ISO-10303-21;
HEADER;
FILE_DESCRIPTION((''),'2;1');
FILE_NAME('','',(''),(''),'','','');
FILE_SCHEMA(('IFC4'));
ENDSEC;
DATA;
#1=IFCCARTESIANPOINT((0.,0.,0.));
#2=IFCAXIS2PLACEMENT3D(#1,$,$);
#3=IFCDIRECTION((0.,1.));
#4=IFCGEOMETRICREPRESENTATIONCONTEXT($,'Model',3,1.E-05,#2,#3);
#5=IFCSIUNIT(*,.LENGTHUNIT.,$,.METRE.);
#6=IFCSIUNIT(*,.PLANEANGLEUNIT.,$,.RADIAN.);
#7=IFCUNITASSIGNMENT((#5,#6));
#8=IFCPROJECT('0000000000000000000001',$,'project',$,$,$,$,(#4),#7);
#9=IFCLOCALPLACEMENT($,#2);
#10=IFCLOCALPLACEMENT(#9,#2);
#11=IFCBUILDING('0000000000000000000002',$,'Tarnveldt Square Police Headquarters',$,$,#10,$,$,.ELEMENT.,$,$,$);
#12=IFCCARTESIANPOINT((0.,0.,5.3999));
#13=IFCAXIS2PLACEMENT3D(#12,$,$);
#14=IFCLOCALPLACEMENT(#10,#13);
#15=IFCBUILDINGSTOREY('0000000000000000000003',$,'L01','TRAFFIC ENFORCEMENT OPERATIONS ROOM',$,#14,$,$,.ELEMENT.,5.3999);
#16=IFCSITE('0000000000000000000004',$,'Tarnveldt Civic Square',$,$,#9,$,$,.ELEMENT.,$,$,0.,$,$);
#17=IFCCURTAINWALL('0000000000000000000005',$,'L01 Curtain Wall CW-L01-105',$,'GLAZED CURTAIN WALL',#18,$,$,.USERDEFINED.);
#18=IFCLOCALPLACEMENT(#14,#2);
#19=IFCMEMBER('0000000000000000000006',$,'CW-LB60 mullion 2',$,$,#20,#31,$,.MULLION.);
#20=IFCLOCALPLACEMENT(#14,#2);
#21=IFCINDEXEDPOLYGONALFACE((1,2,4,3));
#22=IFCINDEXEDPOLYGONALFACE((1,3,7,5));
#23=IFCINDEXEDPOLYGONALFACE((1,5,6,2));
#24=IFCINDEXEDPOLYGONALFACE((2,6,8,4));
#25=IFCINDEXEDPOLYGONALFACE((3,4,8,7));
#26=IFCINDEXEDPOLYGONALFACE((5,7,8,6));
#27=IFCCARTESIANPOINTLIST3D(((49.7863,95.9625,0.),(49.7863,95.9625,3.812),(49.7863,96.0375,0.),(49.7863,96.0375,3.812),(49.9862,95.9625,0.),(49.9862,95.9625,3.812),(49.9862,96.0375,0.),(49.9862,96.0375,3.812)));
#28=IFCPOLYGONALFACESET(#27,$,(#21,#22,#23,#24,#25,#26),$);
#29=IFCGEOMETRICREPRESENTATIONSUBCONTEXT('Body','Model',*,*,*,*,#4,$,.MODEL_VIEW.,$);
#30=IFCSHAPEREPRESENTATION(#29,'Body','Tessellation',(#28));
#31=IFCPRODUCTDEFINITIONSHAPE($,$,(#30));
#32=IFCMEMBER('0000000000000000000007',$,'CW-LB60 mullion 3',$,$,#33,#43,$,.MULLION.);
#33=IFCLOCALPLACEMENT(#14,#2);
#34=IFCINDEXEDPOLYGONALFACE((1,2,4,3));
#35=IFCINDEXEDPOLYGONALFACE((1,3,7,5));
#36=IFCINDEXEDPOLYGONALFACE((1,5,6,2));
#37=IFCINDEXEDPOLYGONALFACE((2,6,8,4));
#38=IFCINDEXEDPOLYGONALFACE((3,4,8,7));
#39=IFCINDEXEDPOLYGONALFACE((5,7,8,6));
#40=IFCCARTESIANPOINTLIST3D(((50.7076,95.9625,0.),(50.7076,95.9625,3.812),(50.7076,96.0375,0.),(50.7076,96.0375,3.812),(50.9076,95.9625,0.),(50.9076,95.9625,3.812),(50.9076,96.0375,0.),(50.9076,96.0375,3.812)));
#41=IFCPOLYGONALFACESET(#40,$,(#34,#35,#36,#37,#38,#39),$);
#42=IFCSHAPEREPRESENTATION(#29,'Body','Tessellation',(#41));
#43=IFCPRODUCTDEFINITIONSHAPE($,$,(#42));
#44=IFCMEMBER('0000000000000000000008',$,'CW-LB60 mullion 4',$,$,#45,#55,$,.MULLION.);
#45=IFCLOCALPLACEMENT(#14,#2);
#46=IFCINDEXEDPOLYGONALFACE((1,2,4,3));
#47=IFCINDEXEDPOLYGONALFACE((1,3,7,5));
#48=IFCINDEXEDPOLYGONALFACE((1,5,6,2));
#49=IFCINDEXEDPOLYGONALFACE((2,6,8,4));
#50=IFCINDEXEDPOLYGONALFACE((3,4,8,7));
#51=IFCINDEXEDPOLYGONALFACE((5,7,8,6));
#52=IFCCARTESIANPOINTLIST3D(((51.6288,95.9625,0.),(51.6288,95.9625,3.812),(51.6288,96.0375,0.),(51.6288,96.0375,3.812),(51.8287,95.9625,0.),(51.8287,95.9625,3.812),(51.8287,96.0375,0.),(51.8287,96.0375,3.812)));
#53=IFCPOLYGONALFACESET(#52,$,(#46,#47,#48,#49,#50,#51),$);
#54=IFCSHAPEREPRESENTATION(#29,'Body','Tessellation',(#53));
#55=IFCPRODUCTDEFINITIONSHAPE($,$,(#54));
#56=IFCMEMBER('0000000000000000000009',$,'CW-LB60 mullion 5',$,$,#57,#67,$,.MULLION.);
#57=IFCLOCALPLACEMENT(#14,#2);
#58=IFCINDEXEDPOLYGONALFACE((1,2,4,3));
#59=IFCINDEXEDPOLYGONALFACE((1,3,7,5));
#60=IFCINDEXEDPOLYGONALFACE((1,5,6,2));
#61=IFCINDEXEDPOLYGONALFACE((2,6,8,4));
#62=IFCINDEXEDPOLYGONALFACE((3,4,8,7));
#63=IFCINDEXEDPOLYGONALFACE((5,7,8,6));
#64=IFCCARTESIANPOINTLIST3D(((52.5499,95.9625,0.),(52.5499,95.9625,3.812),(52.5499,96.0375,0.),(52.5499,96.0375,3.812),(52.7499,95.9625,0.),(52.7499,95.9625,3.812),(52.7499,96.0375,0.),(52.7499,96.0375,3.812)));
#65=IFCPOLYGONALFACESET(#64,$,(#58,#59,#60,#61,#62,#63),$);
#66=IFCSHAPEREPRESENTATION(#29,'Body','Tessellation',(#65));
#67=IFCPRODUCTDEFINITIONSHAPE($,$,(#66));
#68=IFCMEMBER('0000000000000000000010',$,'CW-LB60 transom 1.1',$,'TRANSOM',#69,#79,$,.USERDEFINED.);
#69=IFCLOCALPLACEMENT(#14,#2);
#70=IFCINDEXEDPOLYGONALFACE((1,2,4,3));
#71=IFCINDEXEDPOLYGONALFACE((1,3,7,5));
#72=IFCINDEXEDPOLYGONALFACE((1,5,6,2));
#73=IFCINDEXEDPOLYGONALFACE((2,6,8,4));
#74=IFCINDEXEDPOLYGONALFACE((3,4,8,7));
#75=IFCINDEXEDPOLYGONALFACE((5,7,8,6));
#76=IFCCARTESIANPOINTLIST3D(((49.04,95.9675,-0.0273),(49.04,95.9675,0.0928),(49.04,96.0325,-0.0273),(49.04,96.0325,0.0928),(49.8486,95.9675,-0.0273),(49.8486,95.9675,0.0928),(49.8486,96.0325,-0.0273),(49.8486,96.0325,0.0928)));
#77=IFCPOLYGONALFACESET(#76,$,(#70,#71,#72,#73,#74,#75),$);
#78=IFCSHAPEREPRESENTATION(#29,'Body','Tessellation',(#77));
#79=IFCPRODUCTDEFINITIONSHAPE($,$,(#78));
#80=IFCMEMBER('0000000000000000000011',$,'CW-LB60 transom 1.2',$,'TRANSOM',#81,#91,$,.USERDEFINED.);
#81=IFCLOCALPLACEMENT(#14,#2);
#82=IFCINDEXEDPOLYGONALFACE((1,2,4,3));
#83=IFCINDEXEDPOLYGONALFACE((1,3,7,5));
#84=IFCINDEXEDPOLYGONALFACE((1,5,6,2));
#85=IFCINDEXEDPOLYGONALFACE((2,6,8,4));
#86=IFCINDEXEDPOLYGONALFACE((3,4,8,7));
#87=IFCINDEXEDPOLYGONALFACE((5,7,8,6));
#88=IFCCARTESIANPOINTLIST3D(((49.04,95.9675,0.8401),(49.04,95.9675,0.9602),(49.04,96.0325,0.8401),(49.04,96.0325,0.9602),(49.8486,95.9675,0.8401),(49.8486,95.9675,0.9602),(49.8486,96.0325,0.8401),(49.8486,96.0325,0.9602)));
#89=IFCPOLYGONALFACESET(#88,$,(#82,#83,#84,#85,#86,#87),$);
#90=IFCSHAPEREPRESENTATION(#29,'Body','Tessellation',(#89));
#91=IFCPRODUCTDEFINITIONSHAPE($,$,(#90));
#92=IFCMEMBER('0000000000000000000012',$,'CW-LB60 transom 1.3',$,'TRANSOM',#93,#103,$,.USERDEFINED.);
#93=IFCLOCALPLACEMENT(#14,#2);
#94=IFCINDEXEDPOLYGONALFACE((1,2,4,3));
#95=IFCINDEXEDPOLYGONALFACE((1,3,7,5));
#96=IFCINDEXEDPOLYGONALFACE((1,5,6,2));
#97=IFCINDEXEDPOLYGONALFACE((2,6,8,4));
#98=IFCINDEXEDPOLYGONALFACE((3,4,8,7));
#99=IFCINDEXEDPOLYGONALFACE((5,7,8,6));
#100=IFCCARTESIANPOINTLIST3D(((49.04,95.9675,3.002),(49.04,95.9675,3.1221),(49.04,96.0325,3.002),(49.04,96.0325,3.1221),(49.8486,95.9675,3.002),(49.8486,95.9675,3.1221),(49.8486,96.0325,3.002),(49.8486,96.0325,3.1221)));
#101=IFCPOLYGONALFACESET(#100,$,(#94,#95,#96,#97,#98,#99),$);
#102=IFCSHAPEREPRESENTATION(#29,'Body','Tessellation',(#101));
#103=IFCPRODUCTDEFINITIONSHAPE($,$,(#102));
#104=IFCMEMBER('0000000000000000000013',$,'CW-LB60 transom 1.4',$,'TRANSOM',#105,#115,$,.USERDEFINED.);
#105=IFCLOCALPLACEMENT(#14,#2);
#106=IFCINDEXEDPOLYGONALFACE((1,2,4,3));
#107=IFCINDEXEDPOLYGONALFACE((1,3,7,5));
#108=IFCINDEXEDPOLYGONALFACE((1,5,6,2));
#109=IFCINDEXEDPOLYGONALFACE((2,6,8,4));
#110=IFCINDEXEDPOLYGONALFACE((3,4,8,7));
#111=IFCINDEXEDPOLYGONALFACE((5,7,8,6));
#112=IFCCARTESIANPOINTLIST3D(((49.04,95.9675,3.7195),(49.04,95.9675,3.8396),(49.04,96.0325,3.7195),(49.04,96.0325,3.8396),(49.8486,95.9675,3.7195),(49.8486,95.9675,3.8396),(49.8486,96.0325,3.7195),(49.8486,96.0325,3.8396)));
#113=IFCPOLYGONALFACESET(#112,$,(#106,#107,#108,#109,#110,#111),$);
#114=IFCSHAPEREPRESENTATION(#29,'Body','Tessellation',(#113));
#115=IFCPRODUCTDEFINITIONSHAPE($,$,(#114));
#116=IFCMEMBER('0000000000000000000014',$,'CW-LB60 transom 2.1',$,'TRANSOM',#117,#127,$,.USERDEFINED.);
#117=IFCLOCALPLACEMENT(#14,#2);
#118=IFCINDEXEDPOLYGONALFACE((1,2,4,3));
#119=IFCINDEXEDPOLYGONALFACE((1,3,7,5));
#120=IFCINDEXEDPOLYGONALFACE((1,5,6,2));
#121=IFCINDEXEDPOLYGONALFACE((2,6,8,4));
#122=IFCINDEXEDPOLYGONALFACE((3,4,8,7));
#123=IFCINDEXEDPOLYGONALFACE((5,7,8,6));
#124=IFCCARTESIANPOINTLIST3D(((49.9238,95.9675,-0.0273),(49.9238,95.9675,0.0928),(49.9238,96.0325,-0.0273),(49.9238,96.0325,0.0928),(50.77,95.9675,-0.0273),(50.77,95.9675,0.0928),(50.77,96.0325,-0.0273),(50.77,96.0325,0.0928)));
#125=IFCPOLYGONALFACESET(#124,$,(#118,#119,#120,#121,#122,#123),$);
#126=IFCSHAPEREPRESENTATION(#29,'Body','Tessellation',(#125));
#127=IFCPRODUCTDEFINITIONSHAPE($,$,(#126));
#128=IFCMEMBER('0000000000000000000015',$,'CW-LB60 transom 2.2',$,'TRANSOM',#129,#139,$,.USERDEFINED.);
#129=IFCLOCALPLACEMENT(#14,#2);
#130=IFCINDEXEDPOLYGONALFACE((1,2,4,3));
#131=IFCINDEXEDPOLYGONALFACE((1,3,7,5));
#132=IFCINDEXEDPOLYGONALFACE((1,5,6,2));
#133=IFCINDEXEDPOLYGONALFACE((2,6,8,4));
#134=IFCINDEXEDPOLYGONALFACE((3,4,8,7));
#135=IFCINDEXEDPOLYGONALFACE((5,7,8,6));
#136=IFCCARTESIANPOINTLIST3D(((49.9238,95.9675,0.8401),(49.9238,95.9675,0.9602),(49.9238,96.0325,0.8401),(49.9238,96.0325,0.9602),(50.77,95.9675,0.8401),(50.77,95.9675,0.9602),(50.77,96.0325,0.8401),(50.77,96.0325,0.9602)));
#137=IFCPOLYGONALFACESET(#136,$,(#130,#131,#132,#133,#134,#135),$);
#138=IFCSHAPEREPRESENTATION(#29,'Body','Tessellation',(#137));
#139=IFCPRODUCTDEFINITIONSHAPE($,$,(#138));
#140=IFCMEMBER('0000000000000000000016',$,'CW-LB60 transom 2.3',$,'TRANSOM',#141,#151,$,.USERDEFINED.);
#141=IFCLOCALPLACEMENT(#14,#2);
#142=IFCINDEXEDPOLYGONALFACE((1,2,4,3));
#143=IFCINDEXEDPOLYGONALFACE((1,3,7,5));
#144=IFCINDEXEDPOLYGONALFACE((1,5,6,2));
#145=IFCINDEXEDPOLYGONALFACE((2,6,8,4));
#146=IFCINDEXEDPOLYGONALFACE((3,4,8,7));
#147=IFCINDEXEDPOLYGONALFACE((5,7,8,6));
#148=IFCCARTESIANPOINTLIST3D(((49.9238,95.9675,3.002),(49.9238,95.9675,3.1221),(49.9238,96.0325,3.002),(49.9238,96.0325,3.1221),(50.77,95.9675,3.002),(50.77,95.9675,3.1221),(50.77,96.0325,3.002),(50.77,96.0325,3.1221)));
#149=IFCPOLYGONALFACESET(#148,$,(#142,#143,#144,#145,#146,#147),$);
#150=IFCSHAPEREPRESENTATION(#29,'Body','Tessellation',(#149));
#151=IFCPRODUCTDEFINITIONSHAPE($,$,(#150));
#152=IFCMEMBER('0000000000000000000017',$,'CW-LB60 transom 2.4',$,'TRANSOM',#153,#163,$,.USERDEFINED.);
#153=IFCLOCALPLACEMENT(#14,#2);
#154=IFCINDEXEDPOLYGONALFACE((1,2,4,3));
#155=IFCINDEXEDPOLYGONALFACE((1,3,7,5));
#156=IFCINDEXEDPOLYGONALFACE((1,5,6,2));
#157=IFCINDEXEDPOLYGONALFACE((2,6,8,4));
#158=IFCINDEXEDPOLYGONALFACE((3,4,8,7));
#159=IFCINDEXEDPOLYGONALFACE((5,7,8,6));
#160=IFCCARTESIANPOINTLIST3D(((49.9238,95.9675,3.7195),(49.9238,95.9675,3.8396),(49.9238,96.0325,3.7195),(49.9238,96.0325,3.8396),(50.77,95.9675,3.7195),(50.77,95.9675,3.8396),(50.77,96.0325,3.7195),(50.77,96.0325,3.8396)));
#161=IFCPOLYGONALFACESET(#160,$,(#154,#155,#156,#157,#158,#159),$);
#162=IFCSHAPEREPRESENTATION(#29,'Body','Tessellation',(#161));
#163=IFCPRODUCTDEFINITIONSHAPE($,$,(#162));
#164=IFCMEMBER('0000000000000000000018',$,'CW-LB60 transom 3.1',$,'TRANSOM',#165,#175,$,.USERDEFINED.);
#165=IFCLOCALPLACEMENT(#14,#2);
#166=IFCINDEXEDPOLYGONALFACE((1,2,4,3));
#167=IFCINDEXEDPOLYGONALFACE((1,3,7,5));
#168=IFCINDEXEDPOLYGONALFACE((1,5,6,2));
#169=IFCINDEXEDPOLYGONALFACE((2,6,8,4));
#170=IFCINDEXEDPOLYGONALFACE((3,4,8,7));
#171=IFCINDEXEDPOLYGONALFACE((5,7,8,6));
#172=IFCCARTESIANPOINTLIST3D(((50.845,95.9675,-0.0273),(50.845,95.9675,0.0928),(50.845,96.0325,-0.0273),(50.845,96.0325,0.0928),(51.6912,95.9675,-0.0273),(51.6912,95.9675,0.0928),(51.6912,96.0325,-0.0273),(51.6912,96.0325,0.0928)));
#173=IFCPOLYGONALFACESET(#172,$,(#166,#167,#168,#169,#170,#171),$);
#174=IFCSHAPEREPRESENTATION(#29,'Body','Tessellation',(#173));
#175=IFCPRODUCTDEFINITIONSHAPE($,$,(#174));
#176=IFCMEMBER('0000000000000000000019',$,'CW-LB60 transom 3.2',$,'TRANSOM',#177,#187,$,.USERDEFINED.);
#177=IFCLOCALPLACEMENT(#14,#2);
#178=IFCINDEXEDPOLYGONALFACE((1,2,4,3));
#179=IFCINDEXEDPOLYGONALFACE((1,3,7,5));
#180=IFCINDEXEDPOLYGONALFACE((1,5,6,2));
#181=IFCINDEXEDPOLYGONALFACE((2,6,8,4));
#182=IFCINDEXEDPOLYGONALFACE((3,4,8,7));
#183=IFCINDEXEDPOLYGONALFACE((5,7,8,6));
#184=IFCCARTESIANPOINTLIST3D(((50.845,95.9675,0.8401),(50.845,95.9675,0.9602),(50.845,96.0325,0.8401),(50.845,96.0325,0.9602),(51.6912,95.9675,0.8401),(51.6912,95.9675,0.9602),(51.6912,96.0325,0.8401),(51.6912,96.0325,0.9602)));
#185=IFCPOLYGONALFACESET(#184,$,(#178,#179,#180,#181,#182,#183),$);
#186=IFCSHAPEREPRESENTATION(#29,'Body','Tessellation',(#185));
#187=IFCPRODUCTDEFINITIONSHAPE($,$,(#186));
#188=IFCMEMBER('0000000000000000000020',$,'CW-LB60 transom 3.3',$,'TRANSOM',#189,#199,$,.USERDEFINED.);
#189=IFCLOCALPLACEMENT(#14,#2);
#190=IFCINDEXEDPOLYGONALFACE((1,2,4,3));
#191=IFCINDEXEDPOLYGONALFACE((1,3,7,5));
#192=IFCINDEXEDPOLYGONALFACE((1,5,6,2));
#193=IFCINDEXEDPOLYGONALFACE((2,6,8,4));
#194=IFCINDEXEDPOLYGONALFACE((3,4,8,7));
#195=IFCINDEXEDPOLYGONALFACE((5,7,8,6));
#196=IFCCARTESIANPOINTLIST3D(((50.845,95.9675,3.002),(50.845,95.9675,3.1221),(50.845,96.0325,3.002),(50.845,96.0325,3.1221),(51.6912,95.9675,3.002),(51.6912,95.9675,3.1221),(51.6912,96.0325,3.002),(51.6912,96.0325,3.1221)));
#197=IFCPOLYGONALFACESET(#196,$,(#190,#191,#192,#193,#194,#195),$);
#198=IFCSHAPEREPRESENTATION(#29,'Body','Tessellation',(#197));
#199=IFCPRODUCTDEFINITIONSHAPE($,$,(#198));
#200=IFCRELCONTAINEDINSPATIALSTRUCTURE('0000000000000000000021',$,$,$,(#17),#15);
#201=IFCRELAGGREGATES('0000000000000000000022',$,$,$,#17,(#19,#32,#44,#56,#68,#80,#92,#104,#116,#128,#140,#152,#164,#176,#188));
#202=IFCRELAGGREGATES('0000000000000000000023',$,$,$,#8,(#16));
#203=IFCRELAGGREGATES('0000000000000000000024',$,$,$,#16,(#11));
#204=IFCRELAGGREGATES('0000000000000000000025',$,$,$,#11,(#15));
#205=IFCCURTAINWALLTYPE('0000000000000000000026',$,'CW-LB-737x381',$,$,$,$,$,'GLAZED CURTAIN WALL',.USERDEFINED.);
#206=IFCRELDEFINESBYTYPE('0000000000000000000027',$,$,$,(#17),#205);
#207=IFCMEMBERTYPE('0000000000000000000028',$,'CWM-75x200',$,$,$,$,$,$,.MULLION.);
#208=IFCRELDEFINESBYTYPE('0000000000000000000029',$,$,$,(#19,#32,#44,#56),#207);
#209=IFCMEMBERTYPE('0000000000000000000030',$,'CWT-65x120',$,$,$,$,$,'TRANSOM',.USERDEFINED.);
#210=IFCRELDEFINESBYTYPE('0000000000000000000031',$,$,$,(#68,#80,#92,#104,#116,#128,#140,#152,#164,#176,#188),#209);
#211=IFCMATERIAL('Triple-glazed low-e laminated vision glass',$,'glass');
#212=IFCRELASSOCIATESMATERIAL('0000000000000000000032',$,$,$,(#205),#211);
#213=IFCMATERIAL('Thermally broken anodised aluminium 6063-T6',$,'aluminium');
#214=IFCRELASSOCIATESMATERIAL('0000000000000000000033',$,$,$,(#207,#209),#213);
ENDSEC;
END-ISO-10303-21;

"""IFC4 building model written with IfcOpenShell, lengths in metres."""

from ifc_helpers import new_model, si_unit, direction, frame, origin, origin_2d, place, context, subcontext, project, spatial, rectangle, extrude, material, material_profile, profile_set, type_object, element, aggregate, save


model = new_model("IFC4")

# Units and contexts
model_context = context("Model", 3, precision=1e-05, world=origin(), true_north=direction((0.0, 1.0)))
body_context = subcontext(model_context, "Body", "Model", "MODEL_VIEW")
ifc_project = project(units=[si_unit("LENGTHUNIT", "METRE"), si_unit("PLANEANGLEUNIT", "RADIAN")], contexts=[model_context])

# Site, building, storey
site_placement = place(None, origin())
site = spatial("IfcSite", under=ifc_project, at=site_placement, Name="Tarnveldt Civic Square", CompositionType="ELEMENT", RefElevation=0.0)
building_placement = place(site_placement, origin())
building = spatial("IfcBuilding", under=site, at=building_placement, Name="Tarnveldt Square Police Headquarters", CompositionType="ELEMENT")
storey_placement = place(building_placement, frame((0.0, 0.0, 5.3999)))
storey = spatial("IfcBuildingStorey", under=building, at=storey_placement, Name="L01", Description="TRAFFIC ENFORCEMENT OPERATIONS ROOM", CompositionType="ELEMENT", Elevation=5.3999)

# Curtain wall, members
ifc_material_1 = material(Name="Triple-glazed low-e laminated vision glass", Category="glass")
curtain_wall_type = type_object("IfcCurtainWallType", Name="CW-LB-737x381", ElementType="GLAZED CURTAIN WALL", PredefinedType="USERDEFINED", material=ifc_material_1)
curtain_wall_placement = place(storey_placement, origin())
curtain_wall = element("IfcCurtainWall", 1, at=curtain_wall_placement, inside=storey, type_object=curtain_wall_type, Name="L01 Curtain Wall CW-L01-105", ObjectType="GLAZED CURTAIN WALL", PredefinedType="USERDEFINED")
ifc_material_2 = material(Name="Thermally broken anodised aluminium 6063-T6", Category="aluminium")
ifc_material_profile_1 = material_profile(ifc_material_2, rectangle(XDim=0.075, YDim=0.2, at=origin_2d()), Name="CW-M75x200")
ifc_profile_set_1 = profile_set([ifc_material_profile_1], Name="Thermally broken anodised aluminium 6063-T6")
member_type_1 = type_object("IfcMemberType", Name="CWM-75x200", PredefinedType="MULLION", material=ifc_profile_set_1)
member_1_placement = place(storey_placement, frame((49.8862, 96.0, 0.0), z_axis=(0.0, 0.0, 1.0), x_axis=(0.0, 1.0, 0.0)))
member_1 = element("IfcMember", 2, at=member_1_placement, type_object=member_type_1, Name="CW-LB60 mullion 2", PredefinedType="MULLION", context=body_context, shape_type="SweptSolid", body=[
    extrude(rectangle(XDim=0.075, YDim=0.2, at=origin_2d()), origin(), (0.0, 0.0, 1.0), 3.812),
])
member_2_placement = place(storey_placement, frame((50.8076, 96.0, 0.0), z_axis=(0.0, 0.0, 1.0), x_axis=(0.0, 1.0, 0.0)))
member_2 = element("IfcMember", 3, at=member_2_placement, type_object=member_type_1, Name="CW-LB60 mullion 3", PredefinedType="MULLION", context=body_context, shape_type="SweptSolid", body=[
    extrude(rectangle(XDim=0.075, YDim=0.2, at=origin_2d()), origin(), (0.0, 0.0, 1.0), 3.812),
])
member_3_placement = place(storey_placement, frame((51.7288, 96.0, 0.0), z_axis=(0.0, 0.0, 1.0), x_axis=(0.0, 1.0, 0.0)))
member_3 = element("IfcMember", 4, at=member_3_placement, type_object=member_type_1, Name="CW-LB60 mullion 4", PredefinedType="MULLION", context=body_context, shape_type="SweptSolid", body=[
    extrude(rectangle(XDim=0.075, YDim=0.2, at=origin_2d()), origin(), (0.0, 0.0, 1.0), 3.812),
])
member_4_placement = place(storey_placement, frame((52.6499, 96.0, 0.0), z_axis=(0.0, 0.0, 1.0), x_axis=(0.0, 1.0, 0.0)))
member_4 = element("IfcMember", 5, at=member_4_placement, type_object=member_type_1, Name="CW-LB60 mullion 5", PredefinedType="MULLION", context=body_context, shape_type="SweptSolid", body=[
    extrude(rectangle(XDim=0.075, YDim=0.2, at=origin_2d()), origin(), (0.0, 0.0, 1.0), 3.812),
])
ifc_material_profile_2 = material_profile(ifc_material_2, rectangle(XDim=0.0649, YDim=0.1201, at=origin_2d()), Name="CW-T65x120")
ifc_profile_set_2 = profile_set([ifc_material_profile_2], Name="Thermally broken anodised aluminium 6063-T6")
member_type_2 = type_object("IfcMemberType", Name="CWT-65x120", ElementType="TRANSOM", PredefinedType="USERDEFINED", material=ifc_profile_set_2)
member_5_placement = place(storey_placement, frame((49.04, 96.0, 0.0327), z_axis=(1.0, 0.0, 0.0), x_axis=(0.0, 1.0, 0.0)))
member_5 = element("IfcMember", 6, at=member_5_placement, type_object=member_type_2, Name="CW-LB60 transom 1.1", ObjectType="TRANSOM", PredefinedType="USERDEFINED", context=body_context, shape_type="SweptSolid", body=[
    extrude(rectangle(XDim=0.0649, YDim=0.1201, at=origin_2d()), origin(), (0.0, 0.0, 1.0), 0.8086),
])
member_6_placement = place(storey_placement, frame((49.04, 96.0, 0.9001), z_axis=(1.0, 0.0, 0.0), x_axis=(0.0, 1.0, 0.0)))
member_6 = element("IfcMember", 7, at=member_6_placement, type_object=member_type_2, Name="CW-LB60 transom 1.2", ObjectType="TRANSOM", PredefinedType="USERDEFINED", context=body_context, shape_type="SweptSolid", body=[
    extrude(rectangle(XDim=0.0649, YDim=0.1201, at=origin_2d()), origin(), (0.0, 0.0, 1.0), 0.8086),
])
member_7_placement = place(storey_placement, frame((49.04, 96.0, 3.062), z_axis=(1.0, 0.0, 0.0), x_axis=(0.0, 1.0, 0.0)))
member_7 = element("IfcMember", 8, at=member_7_placement, type_object=member_type_2, Name="CW-LB60 transom 1.3", ObjectType="TRANSOM", PredefinedType="USERDEFINED", context=body_context, shape_type="SweptSolid", body=[
    extrude(rectangle(XDim=0.0649, YDim=0.1201, at=origin_2d()), origin(), (0.0, 0.0, 1.0), 0.8086),
])
member_8_placement = place(storey_placement, frame((49.04, 96.0, 3.7795), z_axis=(1.0, 0.0, 0.0), x_axis=(0.0, 1.0, 0.0)))
member_8 = element("IfcMember", 9, at=member_8_placement, type_object=member_type_2, Name="CW-LB60 transom 1.4", ObjectType="TRANSOM", PredefinedType="USERDEFINED", context=body_context, shape_type="SweptSolid", body=[
    extrude(rectangle(XDim=0.0649, YDim=0.1201, at=origin_2d()), origin(), (0.0, 0.0, 1.0), 0.8086),
])
member_9_placement = place(storey_placement, frame((49.9238, 96.0, 0.0327), z_axis=(1.0, 0.0, 0.0), x_axis=(0.0, 1.0, 0.0)))
member_9 = element("IfcMember", 10, at=member_9_placement, type_object=member_type_2, Name="CW-LB60 transom 2.1", ObjectType="TRANSOM", PredefinedType="USERDEFINED", context=body_context, shape_type="SweptSolid", body=[
    extrude(rectangle(XDim=0.0649, YDim=0.1201, at=origin_2d()), origin(), (0.0, 0.0, 1.0), 0.8462),
])
member_10_placement = place(storey_placement, frame((49.9238, 96.0, 0.9001), z_axis=(1.0, 0.0, 0.0), x_axis=(0.0, 1.0, 0.0)))
member_10 = element("IfcMember", 11, at=member_10_placement, type_object=member_type_2, Name="CW-LB60 transom 2.2", ObjectType="TRANSOM", PredefinedType="USERDEFINED", context=body_context, shape_type="SweptSolid", body=[
    extrude(rectangle(XDim=0.0649, YDim=0.1201, at=origin_2d()), origin(), (0.0, 0.0, 1.0), 0.8462),
])
member_11_placement = place(storey_placement, frame((49.9238, 96.0, 3.062), z_axis=(1.0, 0.0, 0.0), x_axis=(0.0, 1.0, 0.0)))
member_11 = element("IfcMember", 12, at=member_11_placement, type_object=member_type_2, Name="CW-LB60 transom 2.3", ObjectType="TRANSOM", PredefinedType="USERDEFINED", context=body_context, shape_type="SweptSolid", body=[
    extrude(rectangle(XDim=0.0649, YDim=0.1201, at=origin_2d()), origin(), (0.0, 0.0, 1.0), 0.8462),
])
member_12_placement = place(storey_placement, frame((49.9238, 96.0, 3.7795), z_axis=(1.0, 0.0, 0.0), x_axis=(0.0, 1.0, 0.0)))
member_12 = element("IfcMember", 13, at=member_12_placement, type_object=member_type_2, Name="CW-LB60 transom 2.4", ObjectType="TRANSOM", PredefinedType="USERDEFINED", context=body_context, shape_type="SweptSolid", body=[
    extrude(rectangle(XDim=0.0649, YDim=0.1201, at=origin_2d()), origin(), (0.0, 0.0, 1.0), 0.8462),
])
member_13_placement = place(storey_placement, frame((50.845, 96.0, 0.0327), z_axis=(1.0, 0.0, 0.0), x_axis=(0.0, 1.0, 0.0)))
member_13 = element("IfcMember", 14, at=member_13_placement, type_object=member_type_2, Name="CW-LB60 transom 3.1", ObjectType="TRANSOM", PredefinedType="USERDEFINED", context=body_context, shape_type="SweptSolid", body=[
    extrude(rectangle(XDim=0.0649, YDim=0.1201, at=origin_2d()), origin(), (0.0, 0.0, 1.0), 0.8462),
])
member_14_placement = place(storey_placement, frame((50.845, 96.0, 0.9001), z_axis=(1.0, 0.0, 0.0), x_axis=(0.0, 1.0, 0.0)))
member_14 = element("IfcMember", 15, at=member_14_placement, type_object=member_type_2, Name="CW-LB60 transom 3.2", ObjectType="TRANSOM", PredefinedType="USERDEFINED", context=body_context, shape_type="SweptSolid", body=[
    extrude(rectangle(XDim=0.0649, YDim=0.1201, at=origin_2d()), origin(), (0.0, 0.0, 1.0), 0.8462),
])
member_15_placement = place(storey_placement, frame((50.845, 96.0, 3.062), z_axis=(1.0, 0.0, 0.0), x_axis=(0.0, 1.0, 0.0)))
member_15 = element("IfcMember", 16, at=member_15_placement, type_object=member_type_2, Name="CW-LB60 transom 3.3", ObjectType="TRANSOM", PredefinedType="USERDEFINED", context=body_context, shape_type="SweptSolid", body=[
    extrude(rectangle(XDim=0.0649, YDim=0.1201, at=origin_2d()), origin(), (0.0, 0.0, 1.0), 0.8462),
])
aggregate(curtain_wall, [member_1, member_2, member_3, member_4, member_5, member_6, member_7, member_8, member_9, member_10, member_11, member_12, member_13, member_14, member_15])

save(model, "model.ifc")
